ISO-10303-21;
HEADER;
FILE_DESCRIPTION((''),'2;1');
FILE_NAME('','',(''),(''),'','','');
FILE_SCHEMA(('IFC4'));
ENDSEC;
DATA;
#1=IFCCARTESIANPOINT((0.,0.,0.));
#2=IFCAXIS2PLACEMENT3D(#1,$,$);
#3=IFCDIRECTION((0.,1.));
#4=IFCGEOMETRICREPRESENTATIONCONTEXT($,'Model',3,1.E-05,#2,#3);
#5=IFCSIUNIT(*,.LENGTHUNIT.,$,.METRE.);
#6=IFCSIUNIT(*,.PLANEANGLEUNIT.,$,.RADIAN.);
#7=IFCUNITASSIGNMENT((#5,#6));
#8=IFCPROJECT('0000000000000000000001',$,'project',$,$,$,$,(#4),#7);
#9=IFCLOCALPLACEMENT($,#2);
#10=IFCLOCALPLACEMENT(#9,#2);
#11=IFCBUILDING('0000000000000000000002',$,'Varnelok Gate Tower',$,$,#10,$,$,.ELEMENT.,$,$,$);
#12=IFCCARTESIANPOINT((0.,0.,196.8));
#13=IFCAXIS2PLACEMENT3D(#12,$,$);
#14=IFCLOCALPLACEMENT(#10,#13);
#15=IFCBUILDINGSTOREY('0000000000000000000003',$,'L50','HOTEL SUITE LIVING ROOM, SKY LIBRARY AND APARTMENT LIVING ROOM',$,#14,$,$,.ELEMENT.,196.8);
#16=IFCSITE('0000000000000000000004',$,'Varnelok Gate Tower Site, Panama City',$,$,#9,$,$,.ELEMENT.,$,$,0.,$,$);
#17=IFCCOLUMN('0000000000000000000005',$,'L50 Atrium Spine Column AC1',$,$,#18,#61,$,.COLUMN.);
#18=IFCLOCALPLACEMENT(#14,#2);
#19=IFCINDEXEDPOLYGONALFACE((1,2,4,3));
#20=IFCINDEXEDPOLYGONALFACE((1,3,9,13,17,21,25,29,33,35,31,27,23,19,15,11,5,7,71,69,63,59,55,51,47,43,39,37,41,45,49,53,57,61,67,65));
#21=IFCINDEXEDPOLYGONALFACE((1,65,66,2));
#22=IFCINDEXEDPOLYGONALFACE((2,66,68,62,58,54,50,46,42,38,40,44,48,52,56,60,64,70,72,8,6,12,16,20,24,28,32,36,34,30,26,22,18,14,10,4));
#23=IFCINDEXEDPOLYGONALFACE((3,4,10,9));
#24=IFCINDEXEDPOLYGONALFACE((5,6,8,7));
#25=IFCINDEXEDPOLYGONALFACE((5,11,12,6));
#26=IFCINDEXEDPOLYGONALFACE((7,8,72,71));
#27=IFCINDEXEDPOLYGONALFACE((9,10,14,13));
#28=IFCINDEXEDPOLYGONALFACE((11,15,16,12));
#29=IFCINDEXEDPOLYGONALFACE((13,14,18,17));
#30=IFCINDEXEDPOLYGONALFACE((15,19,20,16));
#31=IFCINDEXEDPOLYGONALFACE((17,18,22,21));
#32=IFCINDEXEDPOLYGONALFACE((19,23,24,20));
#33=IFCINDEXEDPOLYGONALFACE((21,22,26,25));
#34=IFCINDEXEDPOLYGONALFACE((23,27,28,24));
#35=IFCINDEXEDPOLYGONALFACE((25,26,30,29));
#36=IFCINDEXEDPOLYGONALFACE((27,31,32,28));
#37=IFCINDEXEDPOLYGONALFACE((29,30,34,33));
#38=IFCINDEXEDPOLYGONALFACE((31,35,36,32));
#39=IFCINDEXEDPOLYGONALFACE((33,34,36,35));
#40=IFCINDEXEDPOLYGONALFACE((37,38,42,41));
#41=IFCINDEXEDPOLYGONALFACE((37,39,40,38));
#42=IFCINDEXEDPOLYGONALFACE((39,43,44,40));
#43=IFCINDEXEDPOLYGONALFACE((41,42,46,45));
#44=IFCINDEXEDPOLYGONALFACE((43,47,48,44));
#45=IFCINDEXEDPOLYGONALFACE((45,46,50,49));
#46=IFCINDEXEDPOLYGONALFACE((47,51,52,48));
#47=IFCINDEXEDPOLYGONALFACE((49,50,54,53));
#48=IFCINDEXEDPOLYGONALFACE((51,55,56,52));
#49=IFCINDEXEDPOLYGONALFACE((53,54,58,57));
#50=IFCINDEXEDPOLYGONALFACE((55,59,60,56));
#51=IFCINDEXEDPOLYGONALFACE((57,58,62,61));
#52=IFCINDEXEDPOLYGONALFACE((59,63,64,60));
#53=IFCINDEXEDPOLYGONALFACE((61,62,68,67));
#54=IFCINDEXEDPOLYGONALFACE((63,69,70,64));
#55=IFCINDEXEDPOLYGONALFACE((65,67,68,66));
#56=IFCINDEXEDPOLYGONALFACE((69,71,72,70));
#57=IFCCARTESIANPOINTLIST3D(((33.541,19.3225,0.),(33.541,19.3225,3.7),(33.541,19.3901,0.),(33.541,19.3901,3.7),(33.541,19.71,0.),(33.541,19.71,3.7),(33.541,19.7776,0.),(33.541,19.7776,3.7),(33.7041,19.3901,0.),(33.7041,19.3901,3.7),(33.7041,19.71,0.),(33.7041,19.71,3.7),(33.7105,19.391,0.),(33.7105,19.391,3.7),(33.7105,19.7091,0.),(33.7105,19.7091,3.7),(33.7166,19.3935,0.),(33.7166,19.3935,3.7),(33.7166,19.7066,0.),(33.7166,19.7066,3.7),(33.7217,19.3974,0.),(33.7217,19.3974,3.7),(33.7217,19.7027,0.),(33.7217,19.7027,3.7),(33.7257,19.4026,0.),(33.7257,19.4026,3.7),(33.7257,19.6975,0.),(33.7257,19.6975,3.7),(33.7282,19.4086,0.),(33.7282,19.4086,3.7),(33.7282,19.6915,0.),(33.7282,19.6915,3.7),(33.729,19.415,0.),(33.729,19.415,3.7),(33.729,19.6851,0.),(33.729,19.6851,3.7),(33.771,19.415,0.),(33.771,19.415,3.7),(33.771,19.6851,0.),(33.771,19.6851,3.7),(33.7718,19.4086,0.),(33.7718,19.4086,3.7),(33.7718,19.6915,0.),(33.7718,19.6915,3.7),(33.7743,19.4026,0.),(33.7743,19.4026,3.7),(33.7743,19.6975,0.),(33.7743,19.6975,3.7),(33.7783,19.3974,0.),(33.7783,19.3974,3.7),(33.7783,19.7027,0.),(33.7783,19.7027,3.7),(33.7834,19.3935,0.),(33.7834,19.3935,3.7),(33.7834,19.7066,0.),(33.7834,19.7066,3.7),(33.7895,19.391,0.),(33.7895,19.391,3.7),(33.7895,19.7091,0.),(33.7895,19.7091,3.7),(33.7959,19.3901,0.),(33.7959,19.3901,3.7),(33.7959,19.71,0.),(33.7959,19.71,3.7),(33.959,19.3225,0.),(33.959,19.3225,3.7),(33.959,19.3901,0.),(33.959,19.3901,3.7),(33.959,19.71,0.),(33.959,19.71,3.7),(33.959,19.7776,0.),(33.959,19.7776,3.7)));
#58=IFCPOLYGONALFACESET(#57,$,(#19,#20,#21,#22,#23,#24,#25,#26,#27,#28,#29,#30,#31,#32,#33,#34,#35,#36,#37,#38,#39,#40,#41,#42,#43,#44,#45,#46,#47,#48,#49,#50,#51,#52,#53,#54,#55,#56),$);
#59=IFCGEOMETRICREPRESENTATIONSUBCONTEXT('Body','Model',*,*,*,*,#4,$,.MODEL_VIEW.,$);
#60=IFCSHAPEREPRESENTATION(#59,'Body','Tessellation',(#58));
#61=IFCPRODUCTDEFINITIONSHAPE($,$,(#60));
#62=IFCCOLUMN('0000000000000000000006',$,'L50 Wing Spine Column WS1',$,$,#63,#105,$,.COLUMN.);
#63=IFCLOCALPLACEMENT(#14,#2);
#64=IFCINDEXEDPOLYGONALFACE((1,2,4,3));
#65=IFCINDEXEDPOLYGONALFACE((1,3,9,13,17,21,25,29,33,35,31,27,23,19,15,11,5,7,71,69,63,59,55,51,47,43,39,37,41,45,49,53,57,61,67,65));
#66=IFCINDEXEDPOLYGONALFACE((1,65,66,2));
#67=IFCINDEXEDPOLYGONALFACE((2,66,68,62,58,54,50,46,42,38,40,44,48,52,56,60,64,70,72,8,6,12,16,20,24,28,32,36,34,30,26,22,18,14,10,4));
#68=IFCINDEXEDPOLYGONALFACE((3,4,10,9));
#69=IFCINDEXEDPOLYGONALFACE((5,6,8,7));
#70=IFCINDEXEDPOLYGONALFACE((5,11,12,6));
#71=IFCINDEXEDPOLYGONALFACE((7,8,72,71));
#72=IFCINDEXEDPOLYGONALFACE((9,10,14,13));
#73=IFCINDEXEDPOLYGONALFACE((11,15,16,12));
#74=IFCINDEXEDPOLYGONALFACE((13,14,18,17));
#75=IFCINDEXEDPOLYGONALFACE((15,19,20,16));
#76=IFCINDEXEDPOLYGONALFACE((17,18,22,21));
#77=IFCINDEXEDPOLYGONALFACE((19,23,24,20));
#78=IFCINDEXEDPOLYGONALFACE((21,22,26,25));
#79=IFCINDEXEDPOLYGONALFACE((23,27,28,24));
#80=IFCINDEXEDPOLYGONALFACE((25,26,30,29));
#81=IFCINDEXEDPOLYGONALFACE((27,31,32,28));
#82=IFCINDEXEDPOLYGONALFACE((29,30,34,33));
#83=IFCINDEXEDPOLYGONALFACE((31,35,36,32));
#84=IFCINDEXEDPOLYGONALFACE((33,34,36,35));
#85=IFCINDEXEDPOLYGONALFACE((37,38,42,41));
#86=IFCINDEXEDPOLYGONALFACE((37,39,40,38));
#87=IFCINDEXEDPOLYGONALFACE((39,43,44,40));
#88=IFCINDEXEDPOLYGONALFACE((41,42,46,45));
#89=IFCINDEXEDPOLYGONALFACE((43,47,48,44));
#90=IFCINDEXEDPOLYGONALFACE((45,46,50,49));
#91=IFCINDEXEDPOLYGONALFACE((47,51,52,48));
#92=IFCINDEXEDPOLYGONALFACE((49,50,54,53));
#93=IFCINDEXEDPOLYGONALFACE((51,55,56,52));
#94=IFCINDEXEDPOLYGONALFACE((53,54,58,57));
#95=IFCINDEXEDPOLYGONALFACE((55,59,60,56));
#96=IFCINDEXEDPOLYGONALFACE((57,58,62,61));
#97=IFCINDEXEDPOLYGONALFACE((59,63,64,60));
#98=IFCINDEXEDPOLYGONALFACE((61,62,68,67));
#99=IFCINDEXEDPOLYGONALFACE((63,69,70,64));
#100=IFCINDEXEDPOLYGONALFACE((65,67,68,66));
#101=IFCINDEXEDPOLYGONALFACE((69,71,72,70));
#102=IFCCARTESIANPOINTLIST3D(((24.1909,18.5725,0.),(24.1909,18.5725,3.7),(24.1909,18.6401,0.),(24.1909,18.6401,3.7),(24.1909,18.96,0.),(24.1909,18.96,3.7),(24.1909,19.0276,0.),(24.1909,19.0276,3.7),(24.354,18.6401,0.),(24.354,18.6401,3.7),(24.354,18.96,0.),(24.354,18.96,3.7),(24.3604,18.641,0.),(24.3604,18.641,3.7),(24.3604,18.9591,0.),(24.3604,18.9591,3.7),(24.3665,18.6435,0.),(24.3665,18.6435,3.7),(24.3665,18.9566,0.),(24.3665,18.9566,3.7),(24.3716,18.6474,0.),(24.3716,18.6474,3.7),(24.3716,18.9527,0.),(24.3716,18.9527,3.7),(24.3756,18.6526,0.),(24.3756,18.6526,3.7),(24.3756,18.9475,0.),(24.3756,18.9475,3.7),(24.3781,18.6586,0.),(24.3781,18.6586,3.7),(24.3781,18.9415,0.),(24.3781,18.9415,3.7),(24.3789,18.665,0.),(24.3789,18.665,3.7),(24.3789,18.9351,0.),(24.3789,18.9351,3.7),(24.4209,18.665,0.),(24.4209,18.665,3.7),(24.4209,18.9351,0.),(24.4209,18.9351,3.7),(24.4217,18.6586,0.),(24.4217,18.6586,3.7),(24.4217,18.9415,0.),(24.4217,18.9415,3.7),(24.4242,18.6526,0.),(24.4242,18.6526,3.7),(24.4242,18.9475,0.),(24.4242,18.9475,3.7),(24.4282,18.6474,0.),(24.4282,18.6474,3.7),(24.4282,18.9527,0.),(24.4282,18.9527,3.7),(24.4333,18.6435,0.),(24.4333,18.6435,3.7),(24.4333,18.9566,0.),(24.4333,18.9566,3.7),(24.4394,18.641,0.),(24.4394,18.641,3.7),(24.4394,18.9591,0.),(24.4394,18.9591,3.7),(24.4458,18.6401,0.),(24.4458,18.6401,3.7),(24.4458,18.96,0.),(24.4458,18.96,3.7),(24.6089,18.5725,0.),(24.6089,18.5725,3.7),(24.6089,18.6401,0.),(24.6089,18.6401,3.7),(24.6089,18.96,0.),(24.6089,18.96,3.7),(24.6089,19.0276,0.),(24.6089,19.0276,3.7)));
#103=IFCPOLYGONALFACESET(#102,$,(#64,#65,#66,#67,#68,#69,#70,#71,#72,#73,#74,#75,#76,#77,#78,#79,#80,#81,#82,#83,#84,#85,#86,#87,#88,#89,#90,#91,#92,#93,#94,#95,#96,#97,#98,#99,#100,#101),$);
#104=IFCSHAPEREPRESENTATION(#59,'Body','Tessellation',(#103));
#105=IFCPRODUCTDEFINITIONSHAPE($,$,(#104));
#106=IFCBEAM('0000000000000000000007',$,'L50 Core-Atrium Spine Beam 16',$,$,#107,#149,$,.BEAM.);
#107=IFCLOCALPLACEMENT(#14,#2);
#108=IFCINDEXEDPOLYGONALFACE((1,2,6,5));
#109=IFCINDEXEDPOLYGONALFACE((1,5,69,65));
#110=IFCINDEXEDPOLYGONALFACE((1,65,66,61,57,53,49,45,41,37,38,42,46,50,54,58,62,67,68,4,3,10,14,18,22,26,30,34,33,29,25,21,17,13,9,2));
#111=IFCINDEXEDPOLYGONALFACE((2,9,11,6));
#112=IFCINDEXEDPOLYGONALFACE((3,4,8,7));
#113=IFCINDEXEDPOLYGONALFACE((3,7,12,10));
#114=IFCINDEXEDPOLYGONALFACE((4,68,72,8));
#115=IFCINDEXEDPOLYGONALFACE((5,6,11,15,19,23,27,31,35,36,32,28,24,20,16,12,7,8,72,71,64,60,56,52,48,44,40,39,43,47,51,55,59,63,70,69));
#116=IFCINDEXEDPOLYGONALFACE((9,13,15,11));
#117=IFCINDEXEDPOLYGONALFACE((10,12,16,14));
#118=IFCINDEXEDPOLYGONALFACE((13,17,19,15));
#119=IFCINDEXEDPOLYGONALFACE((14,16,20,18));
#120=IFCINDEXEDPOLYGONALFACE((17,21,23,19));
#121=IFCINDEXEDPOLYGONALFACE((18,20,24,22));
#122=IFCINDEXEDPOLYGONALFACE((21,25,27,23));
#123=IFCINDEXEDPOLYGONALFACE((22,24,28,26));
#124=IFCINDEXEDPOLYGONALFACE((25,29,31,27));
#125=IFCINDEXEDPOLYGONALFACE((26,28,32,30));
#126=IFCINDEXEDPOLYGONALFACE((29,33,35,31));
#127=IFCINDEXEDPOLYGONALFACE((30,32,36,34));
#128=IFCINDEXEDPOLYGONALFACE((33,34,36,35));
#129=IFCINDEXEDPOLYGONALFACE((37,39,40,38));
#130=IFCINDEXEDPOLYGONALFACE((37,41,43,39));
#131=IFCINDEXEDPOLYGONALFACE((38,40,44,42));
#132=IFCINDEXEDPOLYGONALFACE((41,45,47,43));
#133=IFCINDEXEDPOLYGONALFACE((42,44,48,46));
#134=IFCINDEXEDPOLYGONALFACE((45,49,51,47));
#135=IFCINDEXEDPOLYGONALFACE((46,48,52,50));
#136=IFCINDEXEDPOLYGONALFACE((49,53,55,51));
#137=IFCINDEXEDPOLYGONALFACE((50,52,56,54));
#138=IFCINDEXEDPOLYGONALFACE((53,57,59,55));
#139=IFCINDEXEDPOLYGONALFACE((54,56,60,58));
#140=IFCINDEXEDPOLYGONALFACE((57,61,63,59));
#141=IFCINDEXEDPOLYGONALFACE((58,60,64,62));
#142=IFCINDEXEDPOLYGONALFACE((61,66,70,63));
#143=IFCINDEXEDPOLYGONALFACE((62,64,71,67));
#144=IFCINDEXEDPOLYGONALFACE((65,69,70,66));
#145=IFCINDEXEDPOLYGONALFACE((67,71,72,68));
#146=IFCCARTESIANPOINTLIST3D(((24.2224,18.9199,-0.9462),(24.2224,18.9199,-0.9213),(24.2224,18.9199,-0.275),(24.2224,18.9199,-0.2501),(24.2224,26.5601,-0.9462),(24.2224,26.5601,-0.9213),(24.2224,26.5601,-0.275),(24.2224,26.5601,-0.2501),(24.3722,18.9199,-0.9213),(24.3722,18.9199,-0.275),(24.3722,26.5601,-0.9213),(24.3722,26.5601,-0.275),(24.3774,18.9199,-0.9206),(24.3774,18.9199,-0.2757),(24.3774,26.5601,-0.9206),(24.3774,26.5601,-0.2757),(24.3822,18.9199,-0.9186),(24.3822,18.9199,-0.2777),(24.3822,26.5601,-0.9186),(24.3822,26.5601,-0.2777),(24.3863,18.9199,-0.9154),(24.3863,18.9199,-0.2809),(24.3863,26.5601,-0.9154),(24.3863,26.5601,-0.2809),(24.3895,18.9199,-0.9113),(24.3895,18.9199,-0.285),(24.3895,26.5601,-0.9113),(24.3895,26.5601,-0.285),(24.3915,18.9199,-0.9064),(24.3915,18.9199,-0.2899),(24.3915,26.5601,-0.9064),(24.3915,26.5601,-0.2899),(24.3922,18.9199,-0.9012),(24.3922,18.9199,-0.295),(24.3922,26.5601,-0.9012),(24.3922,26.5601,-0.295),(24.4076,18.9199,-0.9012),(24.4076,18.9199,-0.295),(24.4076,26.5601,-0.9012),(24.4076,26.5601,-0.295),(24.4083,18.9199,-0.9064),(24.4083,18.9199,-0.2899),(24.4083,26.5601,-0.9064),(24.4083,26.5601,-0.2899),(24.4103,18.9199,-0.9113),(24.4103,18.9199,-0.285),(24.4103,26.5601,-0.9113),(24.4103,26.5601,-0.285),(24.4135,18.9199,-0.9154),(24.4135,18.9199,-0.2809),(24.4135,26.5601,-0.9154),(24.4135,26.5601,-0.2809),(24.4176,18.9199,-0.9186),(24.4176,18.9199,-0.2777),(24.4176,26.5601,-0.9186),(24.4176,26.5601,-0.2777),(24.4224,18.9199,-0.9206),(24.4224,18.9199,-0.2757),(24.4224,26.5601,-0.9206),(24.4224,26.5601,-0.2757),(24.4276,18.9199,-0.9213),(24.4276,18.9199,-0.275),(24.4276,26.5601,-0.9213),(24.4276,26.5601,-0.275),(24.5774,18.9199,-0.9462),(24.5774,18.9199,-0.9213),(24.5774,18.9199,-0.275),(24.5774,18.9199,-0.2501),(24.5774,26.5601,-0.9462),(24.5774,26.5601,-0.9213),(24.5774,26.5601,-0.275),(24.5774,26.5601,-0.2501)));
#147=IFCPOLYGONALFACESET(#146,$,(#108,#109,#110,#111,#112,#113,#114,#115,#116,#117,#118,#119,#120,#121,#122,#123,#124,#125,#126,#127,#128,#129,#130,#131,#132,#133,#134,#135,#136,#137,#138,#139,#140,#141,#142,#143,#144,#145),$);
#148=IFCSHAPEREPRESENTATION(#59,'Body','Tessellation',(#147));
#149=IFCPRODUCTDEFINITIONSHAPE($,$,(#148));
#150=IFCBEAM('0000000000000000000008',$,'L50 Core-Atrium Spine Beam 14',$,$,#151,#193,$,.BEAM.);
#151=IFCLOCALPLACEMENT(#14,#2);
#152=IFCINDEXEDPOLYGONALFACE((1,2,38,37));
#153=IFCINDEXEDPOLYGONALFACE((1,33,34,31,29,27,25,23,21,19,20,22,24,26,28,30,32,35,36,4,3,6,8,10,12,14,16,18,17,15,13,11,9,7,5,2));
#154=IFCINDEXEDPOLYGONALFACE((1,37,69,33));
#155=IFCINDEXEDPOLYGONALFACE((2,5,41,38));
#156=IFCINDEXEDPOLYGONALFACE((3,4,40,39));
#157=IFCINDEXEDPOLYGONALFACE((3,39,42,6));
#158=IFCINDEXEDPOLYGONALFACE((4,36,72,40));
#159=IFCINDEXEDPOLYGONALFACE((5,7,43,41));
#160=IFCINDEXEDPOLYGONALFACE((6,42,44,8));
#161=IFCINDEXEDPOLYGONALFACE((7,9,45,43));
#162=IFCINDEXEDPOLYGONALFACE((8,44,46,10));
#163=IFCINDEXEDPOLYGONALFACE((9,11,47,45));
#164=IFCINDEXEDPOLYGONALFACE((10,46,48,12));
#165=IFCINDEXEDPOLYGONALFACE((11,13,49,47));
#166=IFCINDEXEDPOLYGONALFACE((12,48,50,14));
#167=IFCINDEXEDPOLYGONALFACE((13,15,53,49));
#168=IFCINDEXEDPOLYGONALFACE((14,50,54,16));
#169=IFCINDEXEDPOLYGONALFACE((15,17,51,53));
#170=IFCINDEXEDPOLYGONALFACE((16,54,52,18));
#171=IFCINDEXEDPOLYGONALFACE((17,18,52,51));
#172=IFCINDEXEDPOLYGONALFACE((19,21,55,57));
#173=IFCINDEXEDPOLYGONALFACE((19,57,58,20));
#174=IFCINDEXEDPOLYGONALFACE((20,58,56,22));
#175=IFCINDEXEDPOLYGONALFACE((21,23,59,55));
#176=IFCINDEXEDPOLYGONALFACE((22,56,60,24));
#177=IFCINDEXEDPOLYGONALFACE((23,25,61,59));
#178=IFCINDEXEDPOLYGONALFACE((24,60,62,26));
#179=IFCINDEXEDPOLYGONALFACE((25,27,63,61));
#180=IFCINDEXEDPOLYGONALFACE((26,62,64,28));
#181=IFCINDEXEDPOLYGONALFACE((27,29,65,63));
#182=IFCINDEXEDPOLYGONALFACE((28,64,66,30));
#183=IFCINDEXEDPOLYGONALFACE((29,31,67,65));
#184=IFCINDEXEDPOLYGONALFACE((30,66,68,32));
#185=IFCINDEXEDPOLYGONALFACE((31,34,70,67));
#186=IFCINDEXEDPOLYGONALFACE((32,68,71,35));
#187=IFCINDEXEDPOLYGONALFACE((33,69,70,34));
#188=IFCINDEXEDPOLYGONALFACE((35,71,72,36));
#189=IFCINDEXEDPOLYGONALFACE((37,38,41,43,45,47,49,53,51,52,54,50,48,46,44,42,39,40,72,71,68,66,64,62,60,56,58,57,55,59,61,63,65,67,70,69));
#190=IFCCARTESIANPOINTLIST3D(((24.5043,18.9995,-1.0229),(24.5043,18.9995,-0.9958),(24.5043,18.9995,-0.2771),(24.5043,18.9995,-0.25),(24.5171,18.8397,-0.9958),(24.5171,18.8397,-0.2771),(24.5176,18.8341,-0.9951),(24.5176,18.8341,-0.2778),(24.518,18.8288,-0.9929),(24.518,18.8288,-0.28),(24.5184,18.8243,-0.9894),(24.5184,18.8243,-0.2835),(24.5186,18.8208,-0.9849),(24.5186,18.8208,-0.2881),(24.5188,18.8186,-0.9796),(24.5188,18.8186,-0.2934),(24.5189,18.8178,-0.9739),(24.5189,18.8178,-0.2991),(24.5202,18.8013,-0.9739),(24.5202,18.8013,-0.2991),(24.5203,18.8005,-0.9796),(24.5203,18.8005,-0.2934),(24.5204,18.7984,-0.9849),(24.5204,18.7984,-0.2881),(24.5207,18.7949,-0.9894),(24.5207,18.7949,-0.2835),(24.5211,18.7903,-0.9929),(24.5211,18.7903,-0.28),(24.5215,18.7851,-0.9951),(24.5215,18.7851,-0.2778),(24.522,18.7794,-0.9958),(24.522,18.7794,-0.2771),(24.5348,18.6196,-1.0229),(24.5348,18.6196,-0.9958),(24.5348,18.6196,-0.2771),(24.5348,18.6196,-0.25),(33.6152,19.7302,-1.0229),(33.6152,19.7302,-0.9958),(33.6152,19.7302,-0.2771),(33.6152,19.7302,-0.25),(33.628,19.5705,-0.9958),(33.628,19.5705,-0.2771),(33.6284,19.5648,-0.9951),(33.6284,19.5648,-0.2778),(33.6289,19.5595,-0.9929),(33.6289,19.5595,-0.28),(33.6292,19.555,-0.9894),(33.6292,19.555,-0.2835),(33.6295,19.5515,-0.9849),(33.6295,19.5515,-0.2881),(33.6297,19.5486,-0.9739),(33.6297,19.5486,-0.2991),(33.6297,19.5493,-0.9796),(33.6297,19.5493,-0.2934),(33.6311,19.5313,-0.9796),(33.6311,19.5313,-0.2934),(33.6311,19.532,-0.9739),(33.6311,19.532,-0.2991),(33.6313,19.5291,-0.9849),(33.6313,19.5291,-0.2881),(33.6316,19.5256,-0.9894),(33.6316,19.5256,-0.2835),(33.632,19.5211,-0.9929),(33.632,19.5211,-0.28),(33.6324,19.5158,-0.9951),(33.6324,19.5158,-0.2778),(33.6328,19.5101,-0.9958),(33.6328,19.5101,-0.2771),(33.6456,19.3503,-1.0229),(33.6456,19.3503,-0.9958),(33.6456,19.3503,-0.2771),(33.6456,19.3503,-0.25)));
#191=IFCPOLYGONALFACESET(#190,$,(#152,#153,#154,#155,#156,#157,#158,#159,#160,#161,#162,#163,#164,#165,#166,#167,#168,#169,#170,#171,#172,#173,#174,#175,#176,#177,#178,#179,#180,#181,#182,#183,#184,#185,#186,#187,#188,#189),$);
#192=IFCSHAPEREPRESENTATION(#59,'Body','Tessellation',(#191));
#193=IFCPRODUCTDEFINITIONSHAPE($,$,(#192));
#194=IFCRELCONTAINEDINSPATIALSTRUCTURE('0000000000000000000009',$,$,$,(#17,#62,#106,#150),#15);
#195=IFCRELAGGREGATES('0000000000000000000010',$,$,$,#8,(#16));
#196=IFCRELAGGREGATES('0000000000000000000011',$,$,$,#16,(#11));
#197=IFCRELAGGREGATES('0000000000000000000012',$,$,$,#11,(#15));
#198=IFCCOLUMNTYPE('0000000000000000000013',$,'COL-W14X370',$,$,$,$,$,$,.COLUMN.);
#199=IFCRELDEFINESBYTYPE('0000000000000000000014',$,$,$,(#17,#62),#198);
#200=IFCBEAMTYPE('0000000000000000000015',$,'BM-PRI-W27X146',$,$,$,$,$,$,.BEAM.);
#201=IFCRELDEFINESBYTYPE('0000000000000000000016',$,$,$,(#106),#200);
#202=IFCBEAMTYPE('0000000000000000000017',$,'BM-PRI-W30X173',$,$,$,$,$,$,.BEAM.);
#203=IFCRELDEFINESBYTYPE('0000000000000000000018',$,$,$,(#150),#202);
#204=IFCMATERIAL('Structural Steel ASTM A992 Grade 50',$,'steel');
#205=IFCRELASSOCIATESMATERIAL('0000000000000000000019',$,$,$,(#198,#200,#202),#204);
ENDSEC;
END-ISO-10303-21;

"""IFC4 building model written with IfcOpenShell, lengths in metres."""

from ifc_helpers import new_model, si_unit, direction, frame, origin, origin_2d, place, context, subcontext, project, spatial, i_section, extrude, material, material_profile, profile_set, type_object, element, save


model = new_model("IFC4")

# Units and contexts
model_context = context("Model", 3, precision=1e-05, world=origin(), true_north=direction((0.0, 1.0)))
body_context = subcontext(model_context, "Body", "Model", "MODEL_VIEW")
ifc_project = project(units=[si_unit("LENGTHUNIT", "METRE"), si_unit("PLANEANGLEUNIT", "RADIAN")], contexts=[model_context])

# Site, building, storey
site_placement = place(None, origin())
site = spatial("IfcSite", under=ifc_project, at=site_placement, Name="Varnelok Gate Tower Site, Panama City", CompositionType="ELEMENT", RefElevation=0.0)
building_placement = place(site_placement, origin())
building = spatial("IfcBuilding", under=site, at=building_placement, Name="Varnelok Gate Tower", CompositionType="ELEMENT")
storey_placement = place(building_placement, frame((0.0, 0.0, 196.8)))
storey = spatial("IfcBuildingStorey", under=building, at=storey_placement, Name="L50", Description="HOTEL SUITE LIVING ROOM, SKY LIBRARY AND APARTMENT LIVING ROOM", CompositionType="ELEMENT", Elevation=196.8)

# Columns
ifc_material_1 = material(Name="Structural Steel ASTM A992 Grade 50", Category="steel")
ifc_material_profile_1 = material_profile(ifc_material_1, i_section(OverallWidth=0.418, OverallDepth=0.4551, WebThickness=0.042, FlangeThickness=0.0676, FilletRadius=0.0249, at=origin_2d()), Name="W14X370")
ifc_profile_set_1 = profile_set([ifc_material_profile_1], Name="Structural Steel ASTM A992 Grade 50")
column_type = type_object("IfcColumnType", Name="COL-W14X370", PredefinedType="COLUMN", material=ifc_profile_set_1)
for number, where, z_axis, x_axis, name in (
    (1, (33.75, 19.55, 0.0), (0.0, 0.0, 1.0), (1.0, 0.0, 0.0), "L50 Atrium Spine Column AC1"),
    (2, (24.3999, 18.8, 0.0), (0.0, 0.0, 1.0), (1.0, 0.0, 0.0), "L50 Wing Spine Column WS1"),
):
    element("IfcColumn", number, at=place(storey_placement, frame(where, z_axis=z_axis, x_axis=x_axis)), inside=storey, type_object=column_type, Name=name, PredefinedType="COLUMN", context=body_context, shape_type="SweptSolid", body=[
        extrude(i_section(OverallWidth=0.418, OverallDepth=0.4551, WebThickness=0.042, FlangeThickness=0.0676, FilletRadius=0.0249, at=origin_2d()), origin(), (0.0, 0.0, 1.0), 3.7),
    ])

# Beams
ifc_material_profile_2 = material_profile(ifc_material_1, i_section(OverallWidth=0.355, OverallDepth=0.696, WebThickness=0.0154, FlangeThickness=0.0249, FilletRadius=0.02, at=origin_2d()), Name="W27X146")
ifc_profile_set_2 = profile_set([ifc_material_profile_2], Name="Structural Steel ASTM A992 Grade 50")
beam_type_1 = type_object("IfcBeamType", Name="BM-PRI-W27X146", PredefinedType="BEAM", material=ifc_profile_set_2)
beam_1_placement = place(storey_placement, frame((24.3999, 18.9199, -0.5981), z_axis=(0.0, 1.0, 0.0), x_axis=(-1.0, 0.0, 0.0)))
element("IfcBeam", 3, at=beam_1_placement, inside=storey, type_object=beam_type_1, Name="L50 Core-Atrium Spine Beam 16", PredefinedType="BEAM", context=body_context, shape_type="SweptSolid", body=[
    extrude(i_section(OverallWidth=0.355, OverallDepth=0.696, WebThickness=0.0154, FlangeThickness=0.0249, FilletRadius=0.02, at=origin_2d()), origin(), (0.0, 0.0, 1.0), 7.6401),
])
ifc_material_profile_3 = material_profile(ifc_material_1, i_section(OverallWidth=0.3811, OverallDepth=0.7729, WebThickness=0.0166, FlangeThickness=0.0271, FilletRadius=0.022, at=origin_2d()), Name="W30X173")
ifc_profile_set_3 = profile_set([ifc_material_profile_3], Name="Structural Steel ASTM A992 Grade 50")
beam_type_2 = type_object("IfcBeamType", Name="BM-PRI-W30X173", PredefinedType="BEAM", material=ifc_profile_set_3)
beam_2_placement = place(storey_placement, frame((24.5195, 18.8096, -0.6365), z_axis=(0.996799, 0.079946, 0.0), x_axis=(-0.079946, 0.996799, 0.0)))
element("IfcBeam", 4, at=beam_2_placement, inside=storey, type_object=beam_type_2, Name="L50 Core-Atrium Spine Beam 14", PredefinedType="BEAM", context=body_context, shape_type="SweptSolid", body=[
    extrude(i_section(OverallWidth=0.3811, OverallDepth=0.7729, WebThickness=0.0166, FlangeThickness=0.0271, FilletRadius=0.022, at=origin_2d()), origin(), (0.0, 0.0, 1.0), 9.1401),
])

save(model, "model.ifc")
